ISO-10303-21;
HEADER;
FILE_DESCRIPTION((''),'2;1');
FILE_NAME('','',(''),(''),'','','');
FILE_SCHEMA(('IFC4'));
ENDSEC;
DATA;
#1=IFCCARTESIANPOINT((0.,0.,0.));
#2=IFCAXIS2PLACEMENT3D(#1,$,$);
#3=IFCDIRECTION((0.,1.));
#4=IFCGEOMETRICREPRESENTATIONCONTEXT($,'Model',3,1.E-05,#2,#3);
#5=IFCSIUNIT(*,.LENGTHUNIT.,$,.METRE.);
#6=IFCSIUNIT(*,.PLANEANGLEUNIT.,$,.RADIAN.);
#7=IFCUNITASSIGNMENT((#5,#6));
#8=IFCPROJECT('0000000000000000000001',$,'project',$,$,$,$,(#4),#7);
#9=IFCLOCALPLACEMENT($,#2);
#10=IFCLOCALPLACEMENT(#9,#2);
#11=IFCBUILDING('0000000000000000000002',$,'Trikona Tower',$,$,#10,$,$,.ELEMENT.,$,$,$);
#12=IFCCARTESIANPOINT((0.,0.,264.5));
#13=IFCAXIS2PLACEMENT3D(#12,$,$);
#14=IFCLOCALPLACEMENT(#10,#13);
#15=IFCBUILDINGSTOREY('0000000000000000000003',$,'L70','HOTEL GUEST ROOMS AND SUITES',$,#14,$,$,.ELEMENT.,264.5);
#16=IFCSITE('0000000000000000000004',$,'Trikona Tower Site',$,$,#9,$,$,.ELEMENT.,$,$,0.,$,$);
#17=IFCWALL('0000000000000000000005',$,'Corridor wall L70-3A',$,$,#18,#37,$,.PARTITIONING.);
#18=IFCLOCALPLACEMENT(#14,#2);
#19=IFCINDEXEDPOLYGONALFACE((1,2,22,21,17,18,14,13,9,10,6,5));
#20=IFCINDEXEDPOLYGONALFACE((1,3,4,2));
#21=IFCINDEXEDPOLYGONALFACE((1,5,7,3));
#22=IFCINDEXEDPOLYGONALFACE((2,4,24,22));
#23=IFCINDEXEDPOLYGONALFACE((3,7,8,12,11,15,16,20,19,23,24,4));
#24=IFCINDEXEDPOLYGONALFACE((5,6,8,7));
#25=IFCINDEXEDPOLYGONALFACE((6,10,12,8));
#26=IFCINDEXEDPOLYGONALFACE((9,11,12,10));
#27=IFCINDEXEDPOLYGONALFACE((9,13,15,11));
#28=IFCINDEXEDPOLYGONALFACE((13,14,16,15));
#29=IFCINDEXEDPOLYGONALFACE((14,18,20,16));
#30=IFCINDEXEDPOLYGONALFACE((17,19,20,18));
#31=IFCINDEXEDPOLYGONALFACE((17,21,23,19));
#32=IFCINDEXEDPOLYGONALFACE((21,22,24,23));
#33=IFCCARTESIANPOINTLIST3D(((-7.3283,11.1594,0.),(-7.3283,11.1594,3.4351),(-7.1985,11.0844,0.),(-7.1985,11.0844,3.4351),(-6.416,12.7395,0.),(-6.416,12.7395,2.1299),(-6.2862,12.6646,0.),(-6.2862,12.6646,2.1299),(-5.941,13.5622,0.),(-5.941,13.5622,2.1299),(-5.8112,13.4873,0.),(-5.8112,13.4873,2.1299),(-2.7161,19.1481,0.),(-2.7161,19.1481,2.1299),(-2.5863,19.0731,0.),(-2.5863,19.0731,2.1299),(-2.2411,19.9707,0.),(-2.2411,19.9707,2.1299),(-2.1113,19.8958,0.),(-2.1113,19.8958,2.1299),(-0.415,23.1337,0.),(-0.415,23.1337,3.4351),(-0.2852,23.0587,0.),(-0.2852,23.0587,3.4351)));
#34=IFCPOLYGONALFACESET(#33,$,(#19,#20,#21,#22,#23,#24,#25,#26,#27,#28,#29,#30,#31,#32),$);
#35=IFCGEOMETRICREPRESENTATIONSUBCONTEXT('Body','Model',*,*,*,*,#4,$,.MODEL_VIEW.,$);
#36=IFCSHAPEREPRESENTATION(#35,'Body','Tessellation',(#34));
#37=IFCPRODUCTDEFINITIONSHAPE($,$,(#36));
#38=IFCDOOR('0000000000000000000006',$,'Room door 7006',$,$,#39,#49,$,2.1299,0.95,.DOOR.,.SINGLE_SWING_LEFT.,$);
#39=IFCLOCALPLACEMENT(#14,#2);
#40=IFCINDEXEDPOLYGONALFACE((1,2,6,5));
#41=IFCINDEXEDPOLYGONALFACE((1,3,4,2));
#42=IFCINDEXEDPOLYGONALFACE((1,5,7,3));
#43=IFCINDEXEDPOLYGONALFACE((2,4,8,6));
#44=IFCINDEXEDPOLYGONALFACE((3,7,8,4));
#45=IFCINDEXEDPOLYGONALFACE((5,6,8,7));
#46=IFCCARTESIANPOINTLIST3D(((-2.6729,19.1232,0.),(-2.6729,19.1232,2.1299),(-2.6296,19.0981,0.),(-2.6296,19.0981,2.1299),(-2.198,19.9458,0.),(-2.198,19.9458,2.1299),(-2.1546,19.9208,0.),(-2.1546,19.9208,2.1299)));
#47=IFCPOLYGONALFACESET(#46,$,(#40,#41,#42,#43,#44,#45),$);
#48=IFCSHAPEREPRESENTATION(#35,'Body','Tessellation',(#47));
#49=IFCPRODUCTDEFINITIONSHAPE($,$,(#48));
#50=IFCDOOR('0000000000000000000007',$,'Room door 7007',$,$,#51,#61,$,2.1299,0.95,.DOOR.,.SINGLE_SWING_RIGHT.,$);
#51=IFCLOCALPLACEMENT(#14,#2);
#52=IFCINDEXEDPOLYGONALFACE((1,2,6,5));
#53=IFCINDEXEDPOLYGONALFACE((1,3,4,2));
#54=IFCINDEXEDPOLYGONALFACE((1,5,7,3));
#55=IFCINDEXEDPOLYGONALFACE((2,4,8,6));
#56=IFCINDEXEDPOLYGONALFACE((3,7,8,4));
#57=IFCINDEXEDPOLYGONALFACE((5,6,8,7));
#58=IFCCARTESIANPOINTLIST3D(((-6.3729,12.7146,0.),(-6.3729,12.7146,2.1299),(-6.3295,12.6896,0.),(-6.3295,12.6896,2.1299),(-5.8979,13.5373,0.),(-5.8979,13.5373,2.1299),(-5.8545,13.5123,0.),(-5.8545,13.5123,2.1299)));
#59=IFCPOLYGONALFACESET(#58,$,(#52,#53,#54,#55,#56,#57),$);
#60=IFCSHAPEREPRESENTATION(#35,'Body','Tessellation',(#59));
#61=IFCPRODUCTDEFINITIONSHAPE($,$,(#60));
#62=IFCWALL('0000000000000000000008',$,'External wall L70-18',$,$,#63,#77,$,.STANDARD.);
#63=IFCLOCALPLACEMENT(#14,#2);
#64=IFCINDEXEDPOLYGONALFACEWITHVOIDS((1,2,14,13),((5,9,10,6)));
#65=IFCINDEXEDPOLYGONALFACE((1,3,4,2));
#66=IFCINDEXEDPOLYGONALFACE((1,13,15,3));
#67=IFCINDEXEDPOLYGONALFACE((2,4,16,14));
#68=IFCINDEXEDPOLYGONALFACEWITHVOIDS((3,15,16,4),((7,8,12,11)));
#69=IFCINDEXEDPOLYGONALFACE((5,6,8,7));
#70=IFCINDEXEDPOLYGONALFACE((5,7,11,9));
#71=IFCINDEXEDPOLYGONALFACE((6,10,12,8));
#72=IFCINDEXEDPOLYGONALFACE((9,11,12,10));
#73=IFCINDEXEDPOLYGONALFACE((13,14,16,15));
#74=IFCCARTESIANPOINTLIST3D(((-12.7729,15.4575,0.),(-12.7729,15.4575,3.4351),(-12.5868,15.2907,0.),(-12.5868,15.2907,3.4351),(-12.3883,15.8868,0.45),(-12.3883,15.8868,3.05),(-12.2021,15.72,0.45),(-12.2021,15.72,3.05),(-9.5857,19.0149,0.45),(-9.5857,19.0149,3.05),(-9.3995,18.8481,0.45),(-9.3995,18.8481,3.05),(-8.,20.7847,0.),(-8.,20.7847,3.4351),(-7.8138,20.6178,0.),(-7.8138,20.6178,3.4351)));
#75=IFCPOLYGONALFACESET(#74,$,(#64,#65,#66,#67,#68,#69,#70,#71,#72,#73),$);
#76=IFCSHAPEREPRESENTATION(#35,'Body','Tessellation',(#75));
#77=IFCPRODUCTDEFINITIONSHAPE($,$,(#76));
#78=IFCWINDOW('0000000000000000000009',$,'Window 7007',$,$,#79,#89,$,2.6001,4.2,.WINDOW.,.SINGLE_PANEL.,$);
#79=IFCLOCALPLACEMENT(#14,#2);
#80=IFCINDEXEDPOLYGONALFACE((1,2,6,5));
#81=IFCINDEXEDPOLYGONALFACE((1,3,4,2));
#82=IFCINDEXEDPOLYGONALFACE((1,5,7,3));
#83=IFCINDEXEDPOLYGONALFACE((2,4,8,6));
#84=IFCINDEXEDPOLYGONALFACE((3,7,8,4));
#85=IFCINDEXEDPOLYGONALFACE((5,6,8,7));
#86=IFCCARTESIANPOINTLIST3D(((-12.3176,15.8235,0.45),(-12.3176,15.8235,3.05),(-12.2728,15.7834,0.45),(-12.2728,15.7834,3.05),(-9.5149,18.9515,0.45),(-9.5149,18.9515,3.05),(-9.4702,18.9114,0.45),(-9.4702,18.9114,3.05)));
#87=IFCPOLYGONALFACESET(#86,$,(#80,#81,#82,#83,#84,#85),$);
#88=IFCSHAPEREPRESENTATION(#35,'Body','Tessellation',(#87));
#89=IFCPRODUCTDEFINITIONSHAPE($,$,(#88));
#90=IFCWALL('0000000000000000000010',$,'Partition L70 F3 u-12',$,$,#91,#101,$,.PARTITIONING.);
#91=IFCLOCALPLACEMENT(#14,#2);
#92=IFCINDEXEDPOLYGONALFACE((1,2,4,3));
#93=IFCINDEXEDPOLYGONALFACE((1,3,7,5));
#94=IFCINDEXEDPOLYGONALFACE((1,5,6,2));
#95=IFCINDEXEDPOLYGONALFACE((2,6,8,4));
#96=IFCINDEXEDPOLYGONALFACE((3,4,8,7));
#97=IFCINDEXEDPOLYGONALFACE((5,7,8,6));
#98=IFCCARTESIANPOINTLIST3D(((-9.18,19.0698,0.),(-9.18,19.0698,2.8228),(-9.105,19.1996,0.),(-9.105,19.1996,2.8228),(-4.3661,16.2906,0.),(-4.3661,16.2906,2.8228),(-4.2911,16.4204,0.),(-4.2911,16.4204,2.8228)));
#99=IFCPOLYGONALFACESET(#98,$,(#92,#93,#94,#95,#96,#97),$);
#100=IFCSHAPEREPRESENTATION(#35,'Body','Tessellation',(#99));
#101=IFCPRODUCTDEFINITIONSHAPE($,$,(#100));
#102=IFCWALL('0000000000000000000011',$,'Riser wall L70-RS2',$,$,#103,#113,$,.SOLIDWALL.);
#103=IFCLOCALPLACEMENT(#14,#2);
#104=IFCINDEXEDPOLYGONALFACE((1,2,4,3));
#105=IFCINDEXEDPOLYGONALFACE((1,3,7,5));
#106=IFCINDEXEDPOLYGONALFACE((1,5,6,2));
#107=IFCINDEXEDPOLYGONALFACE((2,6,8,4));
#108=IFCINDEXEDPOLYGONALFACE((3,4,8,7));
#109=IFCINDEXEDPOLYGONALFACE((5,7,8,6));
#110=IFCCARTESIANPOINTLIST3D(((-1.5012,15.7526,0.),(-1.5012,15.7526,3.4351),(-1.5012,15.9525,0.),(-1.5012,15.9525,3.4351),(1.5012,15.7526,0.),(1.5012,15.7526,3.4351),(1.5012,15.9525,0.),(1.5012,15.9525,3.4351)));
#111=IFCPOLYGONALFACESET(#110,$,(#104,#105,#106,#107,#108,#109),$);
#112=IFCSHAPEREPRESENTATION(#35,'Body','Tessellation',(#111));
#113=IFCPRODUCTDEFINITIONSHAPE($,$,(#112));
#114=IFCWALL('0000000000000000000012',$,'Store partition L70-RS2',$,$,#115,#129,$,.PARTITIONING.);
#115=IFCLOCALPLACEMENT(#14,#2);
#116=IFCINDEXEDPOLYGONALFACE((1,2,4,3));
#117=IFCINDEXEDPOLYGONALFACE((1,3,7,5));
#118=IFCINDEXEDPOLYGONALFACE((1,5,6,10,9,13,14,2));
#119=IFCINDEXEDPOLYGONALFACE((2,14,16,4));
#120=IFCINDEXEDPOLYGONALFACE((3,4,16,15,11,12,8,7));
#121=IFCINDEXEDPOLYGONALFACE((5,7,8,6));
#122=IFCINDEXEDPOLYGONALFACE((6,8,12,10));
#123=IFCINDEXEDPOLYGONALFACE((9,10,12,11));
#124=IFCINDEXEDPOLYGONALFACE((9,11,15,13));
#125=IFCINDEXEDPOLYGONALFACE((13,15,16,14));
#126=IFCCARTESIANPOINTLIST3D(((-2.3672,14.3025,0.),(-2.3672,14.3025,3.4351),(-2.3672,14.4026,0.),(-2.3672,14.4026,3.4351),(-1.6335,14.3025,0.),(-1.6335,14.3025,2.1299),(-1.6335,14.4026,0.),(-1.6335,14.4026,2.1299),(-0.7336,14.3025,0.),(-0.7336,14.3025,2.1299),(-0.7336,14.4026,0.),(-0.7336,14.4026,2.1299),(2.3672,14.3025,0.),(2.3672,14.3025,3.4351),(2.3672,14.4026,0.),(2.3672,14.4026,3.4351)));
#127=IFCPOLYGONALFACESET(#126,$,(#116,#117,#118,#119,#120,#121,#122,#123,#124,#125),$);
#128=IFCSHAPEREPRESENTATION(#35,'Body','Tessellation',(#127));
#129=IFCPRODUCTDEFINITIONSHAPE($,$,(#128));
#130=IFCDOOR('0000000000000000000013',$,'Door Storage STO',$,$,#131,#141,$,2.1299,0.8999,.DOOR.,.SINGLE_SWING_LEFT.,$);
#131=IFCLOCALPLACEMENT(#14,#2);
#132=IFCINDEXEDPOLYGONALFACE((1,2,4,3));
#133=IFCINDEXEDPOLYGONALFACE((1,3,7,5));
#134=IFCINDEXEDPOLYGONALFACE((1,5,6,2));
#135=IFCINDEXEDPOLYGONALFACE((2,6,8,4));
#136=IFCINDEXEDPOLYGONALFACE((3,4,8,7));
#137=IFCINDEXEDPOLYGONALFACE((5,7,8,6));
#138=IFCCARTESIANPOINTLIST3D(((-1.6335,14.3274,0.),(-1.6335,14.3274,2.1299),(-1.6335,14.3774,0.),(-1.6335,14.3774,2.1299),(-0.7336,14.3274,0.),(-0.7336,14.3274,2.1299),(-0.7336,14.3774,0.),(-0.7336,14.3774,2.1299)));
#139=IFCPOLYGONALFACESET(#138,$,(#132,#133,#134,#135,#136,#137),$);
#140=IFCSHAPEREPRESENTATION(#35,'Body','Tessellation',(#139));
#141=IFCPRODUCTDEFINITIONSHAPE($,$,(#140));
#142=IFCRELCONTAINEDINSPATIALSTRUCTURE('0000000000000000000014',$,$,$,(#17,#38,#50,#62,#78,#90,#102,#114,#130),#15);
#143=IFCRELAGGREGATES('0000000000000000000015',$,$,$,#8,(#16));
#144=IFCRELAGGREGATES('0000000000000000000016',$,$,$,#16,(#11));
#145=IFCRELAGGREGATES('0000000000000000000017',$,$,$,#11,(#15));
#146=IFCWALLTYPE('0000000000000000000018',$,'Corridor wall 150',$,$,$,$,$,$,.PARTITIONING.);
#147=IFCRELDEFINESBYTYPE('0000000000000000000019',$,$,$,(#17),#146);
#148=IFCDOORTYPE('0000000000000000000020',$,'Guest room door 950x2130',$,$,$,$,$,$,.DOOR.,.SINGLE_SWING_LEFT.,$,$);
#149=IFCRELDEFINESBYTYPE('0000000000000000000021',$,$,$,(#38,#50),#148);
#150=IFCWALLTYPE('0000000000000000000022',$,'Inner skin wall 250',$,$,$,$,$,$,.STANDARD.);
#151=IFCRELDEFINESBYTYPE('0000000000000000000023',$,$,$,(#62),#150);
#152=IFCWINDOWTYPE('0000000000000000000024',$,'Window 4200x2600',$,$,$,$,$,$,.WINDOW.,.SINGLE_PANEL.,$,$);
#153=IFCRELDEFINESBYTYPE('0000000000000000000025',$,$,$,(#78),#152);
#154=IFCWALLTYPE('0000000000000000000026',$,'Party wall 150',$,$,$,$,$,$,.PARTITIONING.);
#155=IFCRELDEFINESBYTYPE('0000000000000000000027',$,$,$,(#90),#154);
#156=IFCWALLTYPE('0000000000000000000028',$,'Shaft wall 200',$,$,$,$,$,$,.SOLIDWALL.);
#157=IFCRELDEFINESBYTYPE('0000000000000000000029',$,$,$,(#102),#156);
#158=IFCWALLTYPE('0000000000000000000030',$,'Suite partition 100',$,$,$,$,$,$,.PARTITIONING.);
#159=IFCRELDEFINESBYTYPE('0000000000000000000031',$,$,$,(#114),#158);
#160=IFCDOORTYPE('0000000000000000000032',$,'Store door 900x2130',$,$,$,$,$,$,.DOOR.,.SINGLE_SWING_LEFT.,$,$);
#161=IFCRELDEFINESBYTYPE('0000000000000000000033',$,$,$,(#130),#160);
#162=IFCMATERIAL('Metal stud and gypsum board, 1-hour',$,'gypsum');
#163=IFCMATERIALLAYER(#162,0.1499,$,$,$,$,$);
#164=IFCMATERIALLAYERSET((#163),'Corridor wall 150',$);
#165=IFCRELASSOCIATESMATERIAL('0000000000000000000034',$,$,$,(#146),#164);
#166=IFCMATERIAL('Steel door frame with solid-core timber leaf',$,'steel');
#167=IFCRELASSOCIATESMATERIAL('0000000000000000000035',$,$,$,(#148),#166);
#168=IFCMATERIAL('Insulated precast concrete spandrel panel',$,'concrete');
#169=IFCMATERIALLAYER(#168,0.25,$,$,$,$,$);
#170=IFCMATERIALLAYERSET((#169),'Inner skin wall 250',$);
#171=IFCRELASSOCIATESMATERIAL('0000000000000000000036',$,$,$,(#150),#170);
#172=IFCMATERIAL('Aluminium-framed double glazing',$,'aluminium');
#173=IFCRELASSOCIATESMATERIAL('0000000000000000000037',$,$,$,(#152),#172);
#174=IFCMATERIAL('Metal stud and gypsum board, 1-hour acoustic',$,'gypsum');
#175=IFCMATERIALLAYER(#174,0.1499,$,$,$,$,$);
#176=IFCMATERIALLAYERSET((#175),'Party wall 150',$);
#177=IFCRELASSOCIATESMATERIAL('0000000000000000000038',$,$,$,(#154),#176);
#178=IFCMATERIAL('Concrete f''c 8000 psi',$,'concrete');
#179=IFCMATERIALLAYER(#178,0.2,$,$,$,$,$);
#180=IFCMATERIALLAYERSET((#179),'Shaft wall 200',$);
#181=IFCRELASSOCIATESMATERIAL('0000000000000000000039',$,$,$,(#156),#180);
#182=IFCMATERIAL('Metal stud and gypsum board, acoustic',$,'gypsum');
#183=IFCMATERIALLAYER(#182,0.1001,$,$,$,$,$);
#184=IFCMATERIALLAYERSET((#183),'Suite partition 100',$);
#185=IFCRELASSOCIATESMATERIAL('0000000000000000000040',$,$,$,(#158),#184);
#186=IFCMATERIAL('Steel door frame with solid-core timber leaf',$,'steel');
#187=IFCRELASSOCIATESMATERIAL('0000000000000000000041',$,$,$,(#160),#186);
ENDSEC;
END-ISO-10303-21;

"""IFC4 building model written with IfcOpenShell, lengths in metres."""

from ifc_helpers import new_model, si_unit, direction, frame, frame_2d, origin, place, context, subcontext, project, spatial, rectangle, extrude, material, layer, layer_set, type_object, element, fill, save


model = new_model("IFC4")

# Units and contexts
model_context = context("Model", 3, precision=1e-05, world=origin(), true_north=direction((0.0, 1.0)))
body_context = subcontext(model_context, "Body", "Model", "MODEL_VIEW")
ifc_project = project(units=[si_unit("LENGTHUNIT", "METRE"), si_unit("PLANEANGLEUNIT", "RADIAN")], contexts=[model_context])

# Site, building, storey
site_placement = place(None, origin())
site = spatial("IfcSite", under=ifc_project, at=site_placement, Name="Trikona Tower Site", CompositionType="ELEMENT", RefElevation=0.0)
building_placement = place(site_placement, origin())
building = spatial("IfcBuilding", under=site, at=building_placement, Name="Trikona Tower", CompositionType="ELEMENT")
storey_placement = place(building_placement, frame((0.0, 0.0, 264.5)))
storey = spatial("IfcBuildingStorey", under=building, at=storey_placement, Name="L70", Description="HOTEL GUEST ROOMS AND SUITES", CompositionType="ELEMENT", Elevation=264.5)

# Wall, openings, doors
ifc_material_1 = material(Name="Metal stud and gypsum board, 1-hour", Category="gypsum")
ifc_layer_1 = layer(ifc_material_1, 0.1499)
ifc_layer_set_1 = layer_set([ifc_layer_1], Name="Corridor wall 150")
wall_type_1 = type_object("IfcWallType", Name="Corridor wall 150", PredefinedType="PARTITIONING", material=ifc_layer_set_1)
wall_1_placement = place(storey_placement, frame((-0.3501, 23.0962, 0.0), z_axis=(0.0, 0.0, 1.0), x_axis=(-0.499996, -0.866028, 0.0)))
wall_1 = element("IfcWall", 1, at=wall_1_placement, inside=storey, type_object=wall_type_1, Name="Corridor wall L70-3A", PredefinedType="PARTITIONING", context=body_context, shape_type="SweptSolid", body=[
    extrude(rectangle(XDim=13.8267, YDim=0.1499, at=frame_2d((6.9133, 0.0))), origin(), (0.0, 0.0, 1.0), 3.4351),
])
opening_1_placement = place(wall_1_placement, frame((3.6521, 0.0, 0.0)))
opening_1 = element("IfcOpeningElement", 2, at=opening_1_placement, cuts=wall_1, PredefinedType="OPENING", context=body_context, shape_type="SweptSolid", body=[
    extrude(rectangle(XDim=0.95, YDim=2.1299, at=frame_2d((0.4751, 1.0649))), frame((0.0, 0.085, 0.0), z_axis=(0.0, -1.0, 0.0), x_axis=(1.0, 0.0, 0.0)), (0.0, 0.0, 1.0), 0.1699),
])
opening_2_placement = place(wall_1_placement, frame((11.052, 0.0, 0.0)))
opening_2 = element("IfcOpeningElement", 3, at=opening_2_placement, cuts=wall_1, PredefinedType="OPENING", context=body_context, shape_type="SweptSolid", body=[
    extrude(rectangle(XDim=0.95, YDim=2.1299, at=frame_2d((0.4751, 1.0649))), frame((0.0, 0.085, 0.0), z_axis=(0.0, -1.0, 0.0), x_axis=(1.0, 0.0, 0.0)), (0.0, 0.0, 1.0), 0.1699),
])
ifc_material_2 = material(Name="Steel door frame with solid-core timber leaf", Category="steel")
door_type_1 = type_object("IfcDoorType", Name="Guest room door 950x2130", OperationType="SINGLE_SWING_LEFT", PredefinedType="DOOR", material=ifc_material_2)
door_1_placement = place(opening_1_placement, origin())
door_1 = element("IfcDoor", 4, at=door_1_placement, inside=storey, type_object=door_type_1, Name="Room door 7006", OperationType="SINGLE_SWING_LEFT", OverallHeight=2.1299, OverallWidth=0.95, PredefinedType="DOOR", context=body_context, shape_type="SweptSolid", body=[
    extrude(rectangle(XDim=0.95, YDim=2.1299, at=frame_2d((0.4751, 1.0649))), frame((0.0, 0.0249, 0.0), z_axis=(0.0, -1.0, 0.0), x_axis=(1.0, 0.0, 0.0)), (0.0, 0.0, 1.0), 0.05),
])
fill(opening_1, door_1)
door_2_placement = place(opening_2_placement, origin())
door_2 = element("IfcDoor", 5, at=door_2_placement, inside=storey, type_object=door_type_1, Name="Room door 7007", OperationType="SINGLE_SWING_RIGHT", OverallHeight=2.1299, OverallWidth=0.95, PredefinedType="DOOR", context=body_context, shape_type="SweptSolid", body=[
    extrude(rectangle(XDim=0.95, YDim=2.1299, at=frame_2d((0.4751, 1.0649))), frame((0.0, 0.0249, 0.0), z_axis=(0.0, -1.0, 0.0), x_axis=(1.0, 0.0, 0.0)), (0.0, 0.0, 1.0), 0.05),
])
fill(opening_2, door_2)

# Wall, opening, window
ifc_material_3 = material(Name="Insulated precast concrete spandrel panel", Category="concrete")
ifc_layer_2 = layer(ifc_material_3, 0.25)
ifc_layer_set_2 = layer_set([ifc_layer_2], Name="Inner skin wall 250")
wall_type_2 = type_object("IfcWallType", Name="Inner skin wall 250", PredefinedType="STANDARD", material=ifc_layer_set_2)
wall_2_placement = place(storey_placement, frame((-7.907, 20.7012, 0.0), z_axis=(0.0, 0.0, 1.0), x_axis=(-0.667304, -0.744786, 0.0)))
wall_2 = element("IfcWall", 6, at=wall_2_placement, inside=storey, type_object=wall_type_2, Name="External wall L70-18", PredefinedType="STANDARD", context=body_context, shape_type="SweptSolid", body=[
    extrude(rectangle(XDim=7.1526, YDim=0.25, at=frame_2d((3.5762, 0.0))), origin(), (0.0, 0.0, 1.0), 3.4351),
])
opening_3_placement = place(wall_2_placement, frame((2.376, 0.0, 0.45)))
opening_3 = element("IfcOpeningElement", 7, at=opening_3_placement, cuts=wall_2, PredefinedType="OPENING", context=body_context, shape_type="SweptSolid", body=[
    extrude(rectangle(XDim=4.2, YDim=2.6001, at=frame_2d((2.1001, 1.3))), frame((0.0, 0.135, 0.0), z_axis=(0.0, -1.0, 0.0), x_axis=(1.0, 0.0, 0.0)), (0.0, 0.0, 1.0), 0.27),
])
ifc_material_4 = material(Name="Aluminium-framed double glazing", Category="aluminium")
window_type_1 = type_object("IfcWindowType", Name="Window 4200x2600", PartitioningType="SINGLE_PANEL", PredefinedType="WINDOW", material=ifc_material_4)
window_1_placement = place(opening_3_placement, origin())
window_1 = element("IfcWindow", 8, at=window_1_placement, inside=storey, type_object=window_type_1, Name="Window 7007", OverallHeight=2.6001, OverallWidth=4.2, PartitioningType="SINGLE_PANEL", PredefinedType="WINDOW", context=body_context, shape_type="SweptSolid", body=[
    extrude(rectangle(XDim=4.2, YDim=2.6001, at=frame_2d((2.1001, 1.3))), frame((0.0, 0.03, 0.0), z_axis=(0.0, -1.0, 0.0), x_axis=(1.0, 0.0, 0.0)), (0.0, 0.0, 1.0), 0.0601),
])
fill(opening_3, window_1)

# Walls
ifc_material_5 = material(Name="Metal stud and gypsum board, 1-hour acoustic", Category="gypsum")
ifc_layer_3 = layer(ifc_material_5, 0.1499)
ifc_layer_set_3 = layer_set([ifc_layer_3], Name="Party wall 150")
wall_type_3 = type_object("IfcWallType", Name="Party wall 150", PredefinedType="PARTITIONING", material=ifc_layer_set_3)
wall_3_placement = place(storey_placement, frame((-4.3286, 16.3555, 0.0), z_axis=(0.0, 0.0, 1.0), x_axis=(-0.866029, 0.499994, 0.0)))
element("IfcWall", 9, at=wall_3_placement, inside=storey, type_object=wall_type_3, Name="Partition L70 F3 u-12", PredefinedType="PARTITIONING", context=body_context, shape_type="SweptSolid", body=[
    extrude(rectangle(XDim=5.5586, YDim=0.1499, at=frame_2d((2.7793, 0.0))), origin(), (0.0, 0.0, 1.0), 2.8228),
])
ifc_material_6 = material(Name="Concrete f'c 8000 psi", Category="concrete")
ifc_layer_4 = layer(ifc_material_6, 0.2)
ifc_layer_set_4 = layer_set([ifc_layer_4], Name="Shaft wall 200")
wall_type_4 = type_object("IfcWallType", Name="Shaft wall 200", PredefinedType="SOLIDWALL", material=ifc_layer_set_4)
wall_4_placement = place(storey_placement, frame((-1.5012, 15.8525, 0.0), z_axis=(0.0, 0.0, 1.0), x_axis=(1.0, 0.0, 0.0)))
element("IfcWall", 10, at=wall_4_placement, inside=storey, type_object=wall_type_4, Name="Riser wall L70-RS2", PredefinedType="SOLIDWALL", context=body_context, shape_type="SweptSolid", body=[
    extrude(rectangle(XDim=3.0024, YDim=0.2, at=frame_2d((1.5012, 0.0))), origin(), (0.0, 0.0, 1.0), 3.4351),
])

# Wall, opening, door
ifc_material_7 = material(Name="Metal stud and gypsum board, acoustic", Category="gypsum")
ifc_layer_5 = layer(ifc_material_7, 0.1001)
ifc_layer_set_5 = layer_set([ifc_layer_5], Name="Suite partition 100")
wall_type_5 = type_object("IfcWallType", Name="Suite partition 100", PredefinedType="PARTITIONING", material=ifc_layer_set_5)
wall_5_placement = place(storey_placement, frame((-2.3672, 14.3525, 0.0), z_axis=(0.0, 0.0, 1.0), x_axis=(1.0, 0.0, 0.0)))
wall_5 = element("IfcWall", 11, at=wall_5_placement, inside=storey, type_object=wall_type_5, Name="Store partition L70-RS2", PredefinedType="PARTITIONING", context=body_context, shape_type="SweptSolid", body=[
    extrude(rectangle(XDim=4.7344, YDim=0.1001, at=frame_2d((2.3672, 0.0))), origin(), (0.0, 0.0, 1.0), 3.4351),
])
opening_4_placement = place(wall_5_placement, frame((0.7336, 0.0, 0.0)))
opening_4 = element("IfcOpeningElement", 12, at=opening_4_placement, cuts=wall_5, PredefinedType="OPENING", context=body_context, shape_type="SweptSolid", body=[
    extrude(rectangle(XDim=0.8999, YDim=2.1299, at=frame_2d((0.45, 1.0649))), frame((0.0, 0.0601, 0.0), z_axis=(0.0, -1.0, 0.0), x_axis=(1.0, 0.0, 0.0)), (0.0, 0.0, 1.0), 0.1201),
])
ifc_material_8 = material(Name="Steel door frame with solid-core timber leaf", Category="steel")
door_type_2 = type_object("IfcDoorType", Name="Store door 900x2130", OperationType="SINGLE_SWING_LEFT", PredefinedType="DOOR", material=ifc_material_8)
door_3_placement = place(opening_4_placement, origin())
door_3 = element("IfcDoor", 13, at=door_3_placement, inside=storey, type_object=door_type_2, Name="Door Storage STO", OperationType="SINGLE_SWING_LEFT", OverallHeight=2.1299, OverallWidth=0.8999, PredefinedType="DOOR", context=body_context, shape_type="SweptSolid", body=[
    extrude(rectangle(XDim=0.8999, YDim=2.1299, at=frame_2d((0.45, 1.0649))), frame((0.0, 0.0249, 0.0), z_axis=(0.0, -1.0, 0.0), x_axis=(1.0, 0.0, 0.0)), (0.0, 0.0, 1.0), 0.05),
])
fill(opening_4, door_3)

save(model, "model.ifc")
